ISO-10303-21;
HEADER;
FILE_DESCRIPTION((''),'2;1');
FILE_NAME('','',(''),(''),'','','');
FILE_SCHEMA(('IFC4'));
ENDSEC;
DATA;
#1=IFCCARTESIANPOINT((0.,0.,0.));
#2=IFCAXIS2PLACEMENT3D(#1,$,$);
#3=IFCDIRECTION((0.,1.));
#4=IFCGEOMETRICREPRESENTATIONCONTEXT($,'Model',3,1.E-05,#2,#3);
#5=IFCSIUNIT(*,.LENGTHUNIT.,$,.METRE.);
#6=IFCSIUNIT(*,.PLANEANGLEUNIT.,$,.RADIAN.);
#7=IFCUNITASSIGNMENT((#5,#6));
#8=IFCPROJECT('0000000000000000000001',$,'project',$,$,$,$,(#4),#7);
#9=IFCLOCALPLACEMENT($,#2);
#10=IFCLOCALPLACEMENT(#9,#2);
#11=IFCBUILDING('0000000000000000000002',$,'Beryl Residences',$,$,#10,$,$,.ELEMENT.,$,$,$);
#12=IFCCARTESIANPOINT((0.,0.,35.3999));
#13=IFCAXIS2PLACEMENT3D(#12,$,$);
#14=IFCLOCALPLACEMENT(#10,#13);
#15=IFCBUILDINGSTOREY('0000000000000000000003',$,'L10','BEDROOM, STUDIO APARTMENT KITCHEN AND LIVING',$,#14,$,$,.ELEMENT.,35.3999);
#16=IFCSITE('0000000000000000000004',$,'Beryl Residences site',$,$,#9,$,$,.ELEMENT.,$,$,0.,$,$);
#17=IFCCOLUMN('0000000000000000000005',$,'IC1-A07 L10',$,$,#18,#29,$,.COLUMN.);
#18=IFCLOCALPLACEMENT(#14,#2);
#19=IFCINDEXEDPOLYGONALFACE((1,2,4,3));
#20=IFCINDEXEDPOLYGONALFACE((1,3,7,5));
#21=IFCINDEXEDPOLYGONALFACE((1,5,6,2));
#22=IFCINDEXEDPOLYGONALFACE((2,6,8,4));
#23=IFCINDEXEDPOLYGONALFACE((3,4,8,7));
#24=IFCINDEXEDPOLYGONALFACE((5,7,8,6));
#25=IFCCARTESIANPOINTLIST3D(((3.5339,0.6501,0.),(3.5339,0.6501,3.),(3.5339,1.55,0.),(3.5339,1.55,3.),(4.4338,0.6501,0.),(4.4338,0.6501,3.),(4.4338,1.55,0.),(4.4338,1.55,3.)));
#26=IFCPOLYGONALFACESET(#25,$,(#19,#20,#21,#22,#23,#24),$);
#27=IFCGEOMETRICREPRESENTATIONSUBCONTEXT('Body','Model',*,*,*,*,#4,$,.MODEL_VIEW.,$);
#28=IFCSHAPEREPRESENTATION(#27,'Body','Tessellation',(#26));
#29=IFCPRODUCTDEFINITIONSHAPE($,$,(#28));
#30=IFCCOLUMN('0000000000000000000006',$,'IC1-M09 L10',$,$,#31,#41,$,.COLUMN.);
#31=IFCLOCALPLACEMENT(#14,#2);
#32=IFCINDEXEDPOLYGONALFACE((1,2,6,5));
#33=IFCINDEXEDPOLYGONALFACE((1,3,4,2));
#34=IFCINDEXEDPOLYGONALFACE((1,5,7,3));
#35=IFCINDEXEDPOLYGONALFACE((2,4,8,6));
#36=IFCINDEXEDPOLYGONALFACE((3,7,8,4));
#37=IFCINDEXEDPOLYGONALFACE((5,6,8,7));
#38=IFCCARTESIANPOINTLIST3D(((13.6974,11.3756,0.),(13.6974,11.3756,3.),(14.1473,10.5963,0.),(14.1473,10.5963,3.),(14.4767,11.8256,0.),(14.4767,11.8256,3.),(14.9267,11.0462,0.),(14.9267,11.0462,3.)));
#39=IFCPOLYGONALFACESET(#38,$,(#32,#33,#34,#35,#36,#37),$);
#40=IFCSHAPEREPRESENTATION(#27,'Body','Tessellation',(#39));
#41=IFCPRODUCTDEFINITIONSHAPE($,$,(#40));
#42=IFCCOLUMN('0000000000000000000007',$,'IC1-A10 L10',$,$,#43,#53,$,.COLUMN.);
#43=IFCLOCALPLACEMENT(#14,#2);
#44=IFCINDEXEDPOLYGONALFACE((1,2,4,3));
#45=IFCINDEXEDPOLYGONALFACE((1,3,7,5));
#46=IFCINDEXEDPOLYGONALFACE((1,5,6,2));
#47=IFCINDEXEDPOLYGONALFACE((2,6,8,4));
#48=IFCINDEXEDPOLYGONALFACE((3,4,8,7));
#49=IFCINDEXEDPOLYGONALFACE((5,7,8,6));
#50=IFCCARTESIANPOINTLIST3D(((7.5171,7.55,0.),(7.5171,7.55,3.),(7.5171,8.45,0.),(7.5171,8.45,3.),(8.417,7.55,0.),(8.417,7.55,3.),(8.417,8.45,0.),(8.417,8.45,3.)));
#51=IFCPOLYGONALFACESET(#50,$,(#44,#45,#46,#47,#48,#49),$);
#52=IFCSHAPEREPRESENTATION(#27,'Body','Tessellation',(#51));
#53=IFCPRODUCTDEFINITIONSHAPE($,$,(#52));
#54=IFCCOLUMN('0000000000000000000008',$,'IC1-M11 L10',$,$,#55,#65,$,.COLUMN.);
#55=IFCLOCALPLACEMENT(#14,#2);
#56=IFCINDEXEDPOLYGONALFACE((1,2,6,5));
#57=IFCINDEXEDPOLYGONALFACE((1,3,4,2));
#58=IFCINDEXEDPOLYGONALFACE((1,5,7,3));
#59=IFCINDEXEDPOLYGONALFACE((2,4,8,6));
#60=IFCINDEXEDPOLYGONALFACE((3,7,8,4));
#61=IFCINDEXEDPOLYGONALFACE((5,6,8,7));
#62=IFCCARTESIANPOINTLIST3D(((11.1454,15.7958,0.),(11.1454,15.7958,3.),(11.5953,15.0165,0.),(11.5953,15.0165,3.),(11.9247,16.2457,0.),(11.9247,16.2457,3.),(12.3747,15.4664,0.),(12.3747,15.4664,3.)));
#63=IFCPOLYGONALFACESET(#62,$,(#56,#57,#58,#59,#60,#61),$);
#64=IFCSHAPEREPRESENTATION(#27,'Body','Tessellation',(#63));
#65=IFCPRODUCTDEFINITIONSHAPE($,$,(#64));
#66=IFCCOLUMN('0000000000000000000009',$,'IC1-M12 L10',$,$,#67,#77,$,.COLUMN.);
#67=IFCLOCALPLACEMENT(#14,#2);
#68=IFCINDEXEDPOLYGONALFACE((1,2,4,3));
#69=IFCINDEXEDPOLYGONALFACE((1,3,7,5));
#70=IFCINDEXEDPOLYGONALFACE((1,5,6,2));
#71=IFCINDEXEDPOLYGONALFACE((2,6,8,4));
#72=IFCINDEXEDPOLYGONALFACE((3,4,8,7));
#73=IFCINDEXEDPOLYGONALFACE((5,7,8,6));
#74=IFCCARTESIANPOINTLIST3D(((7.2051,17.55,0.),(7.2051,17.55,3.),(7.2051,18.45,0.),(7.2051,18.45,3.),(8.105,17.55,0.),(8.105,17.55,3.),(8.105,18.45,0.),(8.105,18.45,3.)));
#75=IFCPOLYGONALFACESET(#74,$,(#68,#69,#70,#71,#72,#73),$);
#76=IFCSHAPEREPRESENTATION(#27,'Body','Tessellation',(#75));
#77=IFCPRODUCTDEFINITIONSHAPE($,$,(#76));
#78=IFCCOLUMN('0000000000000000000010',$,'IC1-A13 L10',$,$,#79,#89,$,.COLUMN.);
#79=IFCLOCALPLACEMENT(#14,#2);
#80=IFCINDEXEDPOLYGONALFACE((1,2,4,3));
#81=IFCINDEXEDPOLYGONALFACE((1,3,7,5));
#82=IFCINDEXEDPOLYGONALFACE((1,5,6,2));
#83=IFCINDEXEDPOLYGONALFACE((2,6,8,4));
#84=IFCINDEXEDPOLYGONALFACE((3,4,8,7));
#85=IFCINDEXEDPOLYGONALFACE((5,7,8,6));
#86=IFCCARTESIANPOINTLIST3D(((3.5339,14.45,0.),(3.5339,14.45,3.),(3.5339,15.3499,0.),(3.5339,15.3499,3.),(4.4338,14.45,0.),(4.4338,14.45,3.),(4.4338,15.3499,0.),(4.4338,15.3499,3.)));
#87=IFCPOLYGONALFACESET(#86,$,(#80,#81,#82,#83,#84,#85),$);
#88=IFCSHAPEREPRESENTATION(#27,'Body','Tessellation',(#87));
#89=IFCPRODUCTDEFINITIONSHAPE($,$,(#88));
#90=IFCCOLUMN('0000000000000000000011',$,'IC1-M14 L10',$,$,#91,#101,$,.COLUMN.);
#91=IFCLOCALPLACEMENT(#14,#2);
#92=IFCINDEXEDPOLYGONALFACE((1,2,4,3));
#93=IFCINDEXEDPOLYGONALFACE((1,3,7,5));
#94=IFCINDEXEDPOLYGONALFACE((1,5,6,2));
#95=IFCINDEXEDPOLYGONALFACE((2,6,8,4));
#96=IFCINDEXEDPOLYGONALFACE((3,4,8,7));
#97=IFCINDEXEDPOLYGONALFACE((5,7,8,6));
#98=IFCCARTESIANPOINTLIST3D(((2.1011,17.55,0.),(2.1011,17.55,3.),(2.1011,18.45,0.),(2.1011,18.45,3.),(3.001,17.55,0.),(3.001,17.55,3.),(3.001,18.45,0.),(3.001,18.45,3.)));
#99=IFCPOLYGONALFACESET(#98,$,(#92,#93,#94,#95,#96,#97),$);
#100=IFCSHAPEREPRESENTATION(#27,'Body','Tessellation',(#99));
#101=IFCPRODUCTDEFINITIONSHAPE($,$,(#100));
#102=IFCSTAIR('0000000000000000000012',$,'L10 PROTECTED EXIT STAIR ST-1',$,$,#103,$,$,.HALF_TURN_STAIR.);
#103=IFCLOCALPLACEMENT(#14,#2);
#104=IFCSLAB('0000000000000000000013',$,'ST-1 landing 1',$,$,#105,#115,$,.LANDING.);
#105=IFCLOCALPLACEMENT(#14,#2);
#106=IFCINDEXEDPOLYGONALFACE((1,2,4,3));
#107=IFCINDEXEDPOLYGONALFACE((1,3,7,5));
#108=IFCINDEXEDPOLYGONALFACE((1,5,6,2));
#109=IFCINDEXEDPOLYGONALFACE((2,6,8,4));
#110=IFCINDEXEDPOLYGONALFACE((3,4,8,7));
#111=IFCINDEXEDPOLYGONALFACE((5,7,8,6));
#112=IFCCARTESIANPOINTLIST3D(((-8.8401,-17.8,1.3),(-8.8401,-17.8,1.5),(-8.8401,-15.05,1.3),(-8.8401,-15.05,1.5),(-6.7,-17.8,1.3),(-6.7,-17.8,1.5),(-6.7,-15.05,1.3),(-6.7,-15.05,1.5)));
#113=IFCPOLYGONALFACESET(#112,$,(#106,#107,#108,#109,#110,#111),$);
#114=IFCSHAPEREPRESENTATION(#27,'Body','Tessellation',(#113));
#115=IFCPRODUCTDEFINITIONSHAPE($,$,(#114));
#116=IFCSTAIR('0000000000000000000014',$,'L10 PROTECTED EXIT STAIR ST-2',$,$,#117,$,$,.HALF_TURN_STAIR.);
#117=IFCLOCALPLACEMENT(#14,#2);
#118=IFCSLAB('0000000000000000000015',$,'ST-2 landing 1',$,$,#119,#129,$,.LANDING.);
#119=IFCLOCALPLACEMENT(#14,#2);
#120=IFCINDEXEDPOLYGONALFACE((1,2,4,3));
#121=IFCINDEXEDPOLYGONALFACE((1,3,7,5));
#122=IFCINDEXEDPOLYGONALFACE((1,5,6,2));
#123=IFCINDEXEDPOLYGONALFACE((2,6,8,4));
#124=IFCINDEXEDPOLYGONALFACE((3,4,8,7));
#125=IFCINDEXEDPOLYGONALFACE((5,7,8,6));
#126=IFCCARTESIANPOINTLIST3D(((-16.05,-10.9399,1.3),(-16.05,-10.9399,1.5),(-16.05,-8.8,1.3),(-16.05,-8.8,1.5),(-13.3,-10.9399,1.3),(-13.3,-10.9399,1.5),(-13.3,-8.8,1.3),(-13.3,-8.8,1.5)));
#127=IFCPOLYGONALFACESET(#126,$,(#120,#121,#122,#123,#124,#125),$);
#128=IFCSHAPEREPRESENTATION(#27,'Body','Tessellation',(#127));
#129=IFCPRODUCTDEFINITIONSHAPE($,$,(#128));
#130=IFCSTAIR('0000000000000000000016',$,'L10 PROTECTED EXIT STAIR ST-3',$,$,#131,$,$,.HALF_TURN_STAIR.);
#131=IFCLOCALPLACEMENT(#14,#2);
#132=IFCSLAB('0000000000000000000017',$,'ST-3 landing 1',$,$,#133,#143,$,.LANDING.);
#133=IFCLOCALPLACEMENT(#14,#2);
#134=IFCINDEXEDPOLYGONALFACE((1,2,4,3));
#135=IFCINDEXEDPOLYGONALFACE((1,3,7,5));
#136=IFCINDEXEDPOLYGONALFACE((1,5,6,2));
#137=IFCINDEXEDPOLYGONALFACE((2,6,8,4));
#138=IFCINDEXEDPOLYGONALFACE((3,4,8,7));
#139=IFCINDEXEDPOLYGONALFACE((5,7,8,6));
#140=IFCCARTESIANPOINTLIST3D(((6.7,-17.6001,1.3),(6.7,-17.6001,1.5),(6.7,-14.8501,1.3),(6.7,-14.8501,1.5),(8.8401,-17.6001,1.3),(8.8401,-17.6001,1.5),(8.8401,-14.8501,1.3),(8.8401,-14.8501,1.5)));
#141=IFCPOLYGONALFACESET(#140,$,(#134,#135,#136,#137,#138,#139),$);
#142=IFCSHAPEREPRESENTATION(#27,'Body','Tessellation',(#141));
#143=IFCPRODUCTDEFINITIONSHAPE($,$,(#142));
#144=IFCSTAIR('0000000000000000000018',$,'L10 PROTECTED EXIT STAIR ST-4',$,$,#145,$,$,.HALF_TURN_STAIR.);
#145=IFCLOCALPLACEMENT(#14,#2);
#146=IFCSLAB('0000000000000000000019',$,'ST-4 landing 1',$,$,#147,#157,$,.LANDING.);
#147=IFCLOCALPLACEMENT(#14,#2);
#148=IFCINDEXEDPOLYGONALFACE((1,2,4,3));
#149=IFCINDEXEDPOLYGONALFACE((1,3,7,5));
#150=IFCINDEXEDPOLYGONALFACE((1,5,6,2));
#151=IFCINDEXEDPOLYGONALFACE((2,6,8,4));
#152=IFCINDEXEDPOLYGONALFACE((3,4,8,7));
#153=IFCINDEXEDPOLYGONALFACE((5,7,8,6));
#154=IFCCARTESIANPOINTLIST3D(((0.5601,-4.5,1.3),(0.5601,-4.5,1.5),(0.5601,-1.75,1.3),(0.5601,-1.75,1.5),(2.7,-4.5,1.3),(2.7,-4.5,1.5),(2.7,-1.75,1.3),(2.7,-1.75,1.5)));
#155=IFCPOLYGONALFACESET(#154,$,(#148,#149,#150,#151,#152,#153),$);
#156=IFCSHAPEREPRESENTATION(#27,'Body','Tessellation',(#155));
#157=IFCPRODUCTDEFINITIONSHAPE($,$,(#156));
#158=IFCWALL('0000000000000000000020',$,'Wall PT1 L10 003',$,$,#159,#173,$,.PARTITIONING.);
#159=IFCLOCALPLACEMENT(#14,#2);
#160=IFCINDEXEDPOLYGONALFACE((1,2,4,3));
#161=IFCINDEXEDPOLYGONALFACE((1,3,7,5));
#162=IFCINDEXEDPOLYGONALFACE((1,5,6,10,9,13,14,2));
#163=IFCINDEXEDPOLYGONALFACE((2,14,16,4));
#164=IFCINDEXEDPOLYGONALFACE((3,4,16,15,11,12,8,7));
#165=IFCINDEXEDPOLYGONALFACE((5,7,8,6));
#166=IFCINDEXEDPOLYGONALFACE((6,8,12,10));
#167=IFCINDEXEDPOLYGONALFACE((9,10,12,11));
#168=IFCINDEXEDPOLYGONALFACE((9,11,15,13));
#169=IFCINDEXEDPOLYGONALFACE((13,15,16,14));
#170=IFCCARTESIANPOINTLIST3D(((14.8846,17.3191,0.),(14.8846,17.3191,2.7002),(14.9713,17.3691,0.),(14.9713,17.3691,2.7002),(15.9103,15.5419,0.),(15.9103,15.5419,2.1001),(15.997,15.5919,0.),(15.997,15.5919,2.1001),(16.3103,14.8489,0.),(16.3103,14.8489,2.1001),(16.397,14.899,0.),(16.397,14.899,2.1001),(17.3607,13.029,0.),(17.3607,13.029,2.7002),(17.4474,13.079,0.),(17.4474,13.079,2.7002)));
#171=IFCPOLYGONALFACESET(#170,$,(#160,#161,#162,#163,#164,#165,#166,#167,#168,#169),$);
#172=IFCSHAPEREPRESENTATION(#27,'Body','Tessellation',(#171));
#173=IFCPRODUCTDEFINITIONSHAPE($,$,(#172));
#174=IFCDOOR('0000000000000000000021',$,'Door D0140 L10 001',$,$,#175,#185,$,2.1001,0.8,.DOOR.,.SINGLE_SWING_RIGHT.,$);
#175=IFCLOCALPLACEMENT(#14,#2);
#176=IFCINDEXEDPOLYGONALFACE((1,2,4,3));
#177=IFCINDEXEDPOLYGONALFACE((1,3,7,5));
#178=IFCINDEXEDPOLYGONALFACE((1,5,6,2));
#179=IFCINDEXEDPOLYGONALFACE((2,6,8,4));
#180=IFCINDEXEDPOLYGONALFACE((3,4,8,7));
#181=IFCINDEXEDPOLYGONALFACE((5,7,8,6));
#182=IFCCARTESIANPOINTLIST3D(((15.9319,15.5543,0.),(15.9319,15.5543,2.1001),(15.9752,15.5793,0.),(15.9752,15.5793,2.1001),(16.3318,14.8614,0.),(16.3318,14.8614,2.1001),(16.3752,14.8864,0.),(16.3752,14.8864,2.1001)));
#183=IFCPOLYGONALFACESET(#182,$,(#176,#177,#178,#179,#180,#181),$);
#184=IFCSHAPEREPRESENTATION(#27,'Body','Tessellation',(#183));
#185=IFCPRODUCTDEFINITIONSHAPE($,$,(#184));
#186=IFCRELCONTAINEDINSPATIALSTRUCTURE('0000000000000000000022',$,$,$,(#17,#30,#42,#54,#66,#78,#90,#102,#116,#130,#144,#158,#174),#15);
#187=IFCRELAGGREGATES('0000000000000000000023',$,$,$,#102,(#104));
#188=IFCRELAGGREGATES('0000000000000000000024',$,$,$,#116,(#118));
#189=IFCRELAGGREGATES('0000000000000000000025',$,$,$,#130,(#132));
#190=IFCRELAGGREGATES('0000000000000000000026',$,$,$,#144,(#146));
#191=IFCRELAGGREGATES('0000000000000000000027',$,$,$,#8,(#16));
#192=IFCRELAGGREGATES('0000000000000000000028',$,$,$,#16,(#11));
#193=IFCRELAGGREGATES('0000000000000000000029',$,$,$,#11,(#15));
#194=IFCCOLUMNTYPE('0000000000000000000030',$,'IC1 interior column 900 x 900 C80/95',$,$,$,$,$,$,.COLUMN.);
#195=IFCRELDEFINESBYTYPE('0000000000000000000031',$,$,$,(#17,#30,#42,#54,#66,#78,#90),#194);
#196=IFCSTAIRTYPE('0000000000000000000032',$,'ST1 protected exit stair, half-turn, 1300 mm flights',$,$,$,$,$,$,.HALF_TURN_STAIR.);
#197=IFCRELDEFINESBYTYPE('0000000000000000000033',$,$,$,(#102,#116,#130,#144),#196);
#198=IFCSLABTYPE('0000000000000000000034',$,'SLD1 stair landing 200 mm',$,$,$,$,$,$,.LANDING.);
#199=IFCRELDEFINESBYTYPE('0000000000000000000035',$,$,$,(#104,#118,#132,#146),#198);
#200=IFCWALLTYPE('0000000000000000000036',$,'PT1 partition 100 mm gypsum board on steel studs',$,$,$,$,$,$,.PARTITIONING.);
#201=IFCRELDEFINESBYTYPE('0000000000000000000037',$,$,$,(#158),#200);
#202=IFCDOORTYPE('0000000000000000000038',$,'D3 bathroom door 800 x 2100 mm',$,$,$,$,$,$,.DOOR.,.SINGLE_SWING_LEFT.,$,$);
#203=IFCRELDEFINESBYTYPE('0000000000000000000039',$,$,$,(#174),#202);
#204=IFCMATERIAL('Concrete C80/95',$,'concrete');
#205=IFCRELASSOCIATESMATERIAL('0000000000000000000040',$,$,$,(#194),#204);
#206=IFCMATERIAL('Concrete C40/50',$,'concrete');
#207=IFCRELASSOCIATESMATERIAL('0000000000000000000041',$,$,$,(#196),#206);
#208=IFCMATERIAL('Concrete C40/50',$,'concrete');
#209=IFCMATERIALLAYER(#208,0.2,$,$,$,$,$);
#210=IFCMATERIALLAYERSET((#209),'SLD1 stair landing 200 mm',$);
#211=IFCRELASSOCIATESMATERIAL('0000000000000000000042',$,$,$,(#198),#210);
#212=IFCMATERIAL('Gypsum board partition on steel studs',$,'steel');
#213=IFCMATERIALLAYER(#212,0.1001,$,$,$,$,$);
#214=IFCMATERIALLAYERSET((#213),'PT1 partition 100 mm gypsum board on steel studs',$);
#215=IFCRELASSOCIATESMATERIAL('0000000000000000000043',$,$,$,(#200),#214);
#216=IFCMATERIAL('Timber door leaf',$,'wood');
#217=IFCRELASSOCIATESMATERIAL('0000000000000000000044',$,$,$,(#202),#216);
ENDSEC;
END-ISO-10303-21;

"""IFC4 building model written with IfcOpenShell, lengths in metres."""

from ifc_helpers import new_model, si_unit, direction, frame, frame_2d, origin, origin_2d, place, context, subcontext, project, spatial, polyline, rectangle, outline, extrude, material, layer, layer_set, material_profile, profile_set, type_object, element, fill, aggregate, save


model = new_model("IFC4")

# Units and contexts
model_context = context("Model", 3, precision=1e-05, world=origin(), true_north=direction((0.0, 1.0)))
body_context = subcontext(model_context, "Body", "Model", "MODEL_VIEW")
ifc_project = project(units=[si_unit("LENGTHUNIT", "METRE"), si_unit("PLANEANGLEUNIT", "RADIAN")], contexts=[model_context])

# Site, building, storey
site_placement = place(None, origin())
site = spatial("IfcSite", under=ifc_project, at=site_placement, Name="Beryl Residences site", CompositionType="ELEMENT", RefElevation=0.0)
building_placement = place(site_placement, origin())
building = spatial("IfcBuilding", under=site, at=building_placement, Name="Beryl Residences", CompositionType="ELEMENT")
storey_placement = place(building_placement, frame((0.0, 0.0, 35.3999)))
storey = spatial("IfcBuildingStorey", under=building, at=storey_placement, Name="L10", Description="BEDROOM, STUDIO APARTMENT KITCHEN AND LIVING", CompositionType="ELEMENT", Elevation=35.3999)

# Columns
ifc_material_1 = material(Name="Concrete C80/95", Category="concrete")
ifc_material_profile = material_profile(ifc_material_1, rectangle(XDim=0.8999, YDim=0.8999, at=origin_2d()))
ifc_profile_set = profile_set([ifc_material_profile], Name="Concrete C80/95")
column_type = type_object("IfcColumnType", Name="IC1 interior column 900 x 900 C80/95", PredefinedType="COLUMN", material=ifc_profile_set)
for number, where, z_axis, x_axis, name in (
    (1, (3.9839, 1.1001, 0.0), (0.0, 0.0, 1.0), (1.0, 0.0, 0.0), "IC1-A07 L10"),
    (2, (14.312, 11.2109, 0.0), (0.0, 0.0, 1.0), (-0.499985, 0.866034, 0.0), "IC1-M09 L10"),
    (3, (7.967, 8.0, 0.0), (0.0, 0.0, 1.0), (1.0, 0.0, 0.0), "IC1-A10 L10"),
    (4, (11.76, 15.6311, 0.0), (0.0, 0.0, 1.0), (-0.499985, 0.866034, 0.0), "IC1-M11 L10"),
    (5, (7.655, 18.0, 0.0), (0.0, 0.0, 1.0), (-1.0, 0.0, 0.0), "IC1-M12 L10"),
    (6, (3.9839, 14.8999, 0.0), (0.0, 0.0, 1.0), (1.0, 0.0, 0.0), "IC1-A13 L10"),
    (7, (2.551, 18.0, 0.0), (0.0, 0.0, 1.0), (-1.0, 0.0, 0.0), "IC1-M14 L10"),
):
    element("IfcColumn", number, at=place(storey_placement, frame(where, z_axis=z_axis, x_axis=x_axis)), inside=storey, type_object=column_type, Name=name, PredefinedType="COLUMN", context=body_context, shape_type="SweptSolid", body=[
        extrude(rectangle(XDim=0.8999, YDim=0.8999, at=origin_2d()), origin(), (0.0, 0.0, 1.0), 3.0),
    ])

# Stairs, slabs
ifc_material_2 = material(Name="Concrete C40/50", Category="concrete")
stair_type = type_object("IfcStairType", Name="ST1 protected exit stair, half-turn, 1300 mm flights", PredefinedType="HALF_TURN_STAIR", material=ifc_material_2)
stair_1_placement = place(storey_placement, origin())
stair_1 = element("IfcStair", 8, at=stair_1_placement, inside=storey, type_object=stair_type, Name="L10 PROTECTED EXIT STAIR ST-1", PredefinedType="HALF_TURN_STAIR")
ifc_material_3 = material(Name="Concrete C40/50", Category="concrete")
ifc_layer_1 = layer(ifc_material_3, 0.2)
ifc_layer_set_1 = layer_set([ifc_layer_1], Name="SLD1 stair landing 200 mm")
slab_type_1 = type_object("IfcSlabType", Name="SLD1 stair landing 200 mm", PredefinedType="LANDING", material=ifc_layer_set_1)
slab_1_placement = place(storey_placement, frame((0.0, 0.0, 1.3)))
slab_1 = element("IfcSlab", 9, at=slab_1_placement, type_object=slab_type_1, Name="ST-1 landing 1", PredefinedType="LANDING", context=body_context, shape_type="SweptSolid", body=[
    extrude(outline(polyline([(-8.8401, -17.8), (-6.7, -17.8), (-6.7, -15.05), (-8.8401, -15.05), (-8.8401, -17.8)])), origin(), (0.0, 0.0, 1.0), 0.2),
])
aggregate(stair_1, [slab_1])
stair_2_placement = place(storey_placement, origin())
stair_2 = element("IfcStair", 10, at=stair_2_placement, inside=storey, type_object=stair_type, Name="L10 PROTECTED EXIT STAIR ST-2", PredefinedType="HALF_TURN_STAIR")
slab_2_placement = place(storey_placement, frame((0.0, 0.0, 1.3)))
slab_2 = element("IfcSlab", 11, at=slab_2_placement, type_object=slab_type_1, Name="ST-2 landing 1", PredefinedType="LANDING", context=body_context, shape_type="SweptSolid", body=[
    extrude(outline(polyline([(-13.3, -10.9399), (-13.3, -8.8), (-16.05, -8.8), (-16.05, -10.9399), (-13.3, -10.9399)])), origin(), (0.0, 0.0, 1.0), 0.2),
])
aggregate(stair_2, [slab_2])
stair_3_placement = place(storey_placement, origin())
stair_3 = element("IfcStair", 12, at=stair_3_placement, inside=storey, type_object=stair_type, Name="L10 PROTECTED EXIT STAIR ST-3", PredefinedType="HALF_TURN_STAIR")
slab_3_placement = place(storey_placement, frame((0.0, 0.0, 1.3)))
slab_3 = element("IfcSlab", 13, at=slab_3_placement, type_object=slab_type_1, Name="ST-3 landing 1", PredefinedType="LANDING", context=body_context, shape_type="SweptSolid", body=[
    extrude(outline(polyline([(8.8401, -14.8501), (6.7, -14.8501), (6.7, -17.6001), (8.8401, -17.6001), (8.8401, -14.8501)])), origin(), (0.0, 0.0, 1.0), 0.2),
])
aggregate(stair_3, [slab_3])
stair_4_placement = place(storey_placement, origin())
stair_4 = element("IfcStair", 14, at=stair_4_placement, inside=storey, type_object=stair_type, Name="L10 PROTECTED EXIT STAIR ST-4", PredefinedType="HALF_TURN_STAIR")
slab_4_placement = place(storey_placement, frame((0.0, 0.0, 1.3)))
slab_4 = element("IfcSlab", 15, at=slab_4_placement, type_object=slab_type_1, Name="ST-4 landing 1", PredefinedType="LANDING", context=body_context, shape_type="SweptSolid", body=[
    extrude(outline(polyline([(0.5601, -4.5), (2.7, -4.5), (2.7, -1.75), (0.5601, -1.75), (0.5601, -4.5)])), origin(), (0.0, 0.0, 1.0), 0.2),
])
aggregate(stair_4, [slab_4])

# Wall, opening, door
ifc_material_4 = material(Name="Gypsum board partition on steel studs", Category="steel")
ifc_layer_2 = layer(ifc_material_4, 0.1001)
ifc_layer_set_2 = layer_set([ifc_layer_2], Name="PT1 partition 100 mm gypsum board on steel studs")
wall_type_1 = type_object("IfcWallType", Name="PT1 partition 100 mm gypsum board on steel studs", PredefinedType="PARTITIONING", material=ifc_layer_set_2)
wall_1_placement = place(storey_placement, frame((14.928, 17.344, 0.0), z_axis=(0.0, 0.0, 1.0), x_axis=(0.499882, -0.866094, 0.0)))
wall_1 = element("IfcWall", 16, at=wall_1_placement, inside=storey, type_object=wall_type_1, Name="Wall PT1 L10 003", PredefinedType="PARTITIONING", context=body_context, shape_type="SweptSolid", body=[
    extrude(rectangle(XDim=4.9534, YDim=0.1001, at=frame_2d((2.4766, 0.0))), origin(), (0.0, 0.0, 1.0), 2.7002),
])
opening_1_placement = place(wall_1_placement, frame((2.052, 0.0, 0.0)))
opening_1 = element("IfcOpeningElement", 17, at=opening_1_placement, cuts=wall_1, PredefinedType="OPENING", context=body_context, shape_type="SweptSolid", body=[
    extrude(rectangle(XDim=0.8, YDim=2.1001, at=frame_2d((0.3999, 1.05))), frame((0.0, 0.0601, 0.0), z_axis=(0.0, -1.0, 0.0), x_axis=(1.0, 0.0, 0.0)), (0.0, 0.0, 1.0), 0.1201),
])
ifc_material_5 = material(Name="Timber door leaf", Category="wood")
door_type_1 = type_object("IfcDoorType", Name="D3 bathroom door 800 x 2100 mm", OperationType="SINGLE_SWING_LEFT", PredefinedType="DOOR", material=ifc_material_5)
door_1_placement = place(opening_1_placement, origin())
door_1 = element("IfcDoor", 18, at=door_1_placement, inside=storey, type_object=door_type_1, Name="Door D0140 L10 001", OperationType="SINGLE_SWING_RIGHT", OverallHeight=2.1001, OverallWidth=0.8, PredefinedType="DOOR", context=body_context, shape_type="SweptSolid", body=[
    extrude(rectangle(XDim=0.8, YDim=2.1001, at=frame_2d((0.3999, 1.05))), frame((0.0, 0.0249, 0.0), z_axis=(0.0, -1.0, 0.0), x_axis=(1.0, 0.0, 0.0)), (0.0, 0.0, 1.0), 0.05),
])
fill(opening_1, door_1)

save(model, "model.ifc")
